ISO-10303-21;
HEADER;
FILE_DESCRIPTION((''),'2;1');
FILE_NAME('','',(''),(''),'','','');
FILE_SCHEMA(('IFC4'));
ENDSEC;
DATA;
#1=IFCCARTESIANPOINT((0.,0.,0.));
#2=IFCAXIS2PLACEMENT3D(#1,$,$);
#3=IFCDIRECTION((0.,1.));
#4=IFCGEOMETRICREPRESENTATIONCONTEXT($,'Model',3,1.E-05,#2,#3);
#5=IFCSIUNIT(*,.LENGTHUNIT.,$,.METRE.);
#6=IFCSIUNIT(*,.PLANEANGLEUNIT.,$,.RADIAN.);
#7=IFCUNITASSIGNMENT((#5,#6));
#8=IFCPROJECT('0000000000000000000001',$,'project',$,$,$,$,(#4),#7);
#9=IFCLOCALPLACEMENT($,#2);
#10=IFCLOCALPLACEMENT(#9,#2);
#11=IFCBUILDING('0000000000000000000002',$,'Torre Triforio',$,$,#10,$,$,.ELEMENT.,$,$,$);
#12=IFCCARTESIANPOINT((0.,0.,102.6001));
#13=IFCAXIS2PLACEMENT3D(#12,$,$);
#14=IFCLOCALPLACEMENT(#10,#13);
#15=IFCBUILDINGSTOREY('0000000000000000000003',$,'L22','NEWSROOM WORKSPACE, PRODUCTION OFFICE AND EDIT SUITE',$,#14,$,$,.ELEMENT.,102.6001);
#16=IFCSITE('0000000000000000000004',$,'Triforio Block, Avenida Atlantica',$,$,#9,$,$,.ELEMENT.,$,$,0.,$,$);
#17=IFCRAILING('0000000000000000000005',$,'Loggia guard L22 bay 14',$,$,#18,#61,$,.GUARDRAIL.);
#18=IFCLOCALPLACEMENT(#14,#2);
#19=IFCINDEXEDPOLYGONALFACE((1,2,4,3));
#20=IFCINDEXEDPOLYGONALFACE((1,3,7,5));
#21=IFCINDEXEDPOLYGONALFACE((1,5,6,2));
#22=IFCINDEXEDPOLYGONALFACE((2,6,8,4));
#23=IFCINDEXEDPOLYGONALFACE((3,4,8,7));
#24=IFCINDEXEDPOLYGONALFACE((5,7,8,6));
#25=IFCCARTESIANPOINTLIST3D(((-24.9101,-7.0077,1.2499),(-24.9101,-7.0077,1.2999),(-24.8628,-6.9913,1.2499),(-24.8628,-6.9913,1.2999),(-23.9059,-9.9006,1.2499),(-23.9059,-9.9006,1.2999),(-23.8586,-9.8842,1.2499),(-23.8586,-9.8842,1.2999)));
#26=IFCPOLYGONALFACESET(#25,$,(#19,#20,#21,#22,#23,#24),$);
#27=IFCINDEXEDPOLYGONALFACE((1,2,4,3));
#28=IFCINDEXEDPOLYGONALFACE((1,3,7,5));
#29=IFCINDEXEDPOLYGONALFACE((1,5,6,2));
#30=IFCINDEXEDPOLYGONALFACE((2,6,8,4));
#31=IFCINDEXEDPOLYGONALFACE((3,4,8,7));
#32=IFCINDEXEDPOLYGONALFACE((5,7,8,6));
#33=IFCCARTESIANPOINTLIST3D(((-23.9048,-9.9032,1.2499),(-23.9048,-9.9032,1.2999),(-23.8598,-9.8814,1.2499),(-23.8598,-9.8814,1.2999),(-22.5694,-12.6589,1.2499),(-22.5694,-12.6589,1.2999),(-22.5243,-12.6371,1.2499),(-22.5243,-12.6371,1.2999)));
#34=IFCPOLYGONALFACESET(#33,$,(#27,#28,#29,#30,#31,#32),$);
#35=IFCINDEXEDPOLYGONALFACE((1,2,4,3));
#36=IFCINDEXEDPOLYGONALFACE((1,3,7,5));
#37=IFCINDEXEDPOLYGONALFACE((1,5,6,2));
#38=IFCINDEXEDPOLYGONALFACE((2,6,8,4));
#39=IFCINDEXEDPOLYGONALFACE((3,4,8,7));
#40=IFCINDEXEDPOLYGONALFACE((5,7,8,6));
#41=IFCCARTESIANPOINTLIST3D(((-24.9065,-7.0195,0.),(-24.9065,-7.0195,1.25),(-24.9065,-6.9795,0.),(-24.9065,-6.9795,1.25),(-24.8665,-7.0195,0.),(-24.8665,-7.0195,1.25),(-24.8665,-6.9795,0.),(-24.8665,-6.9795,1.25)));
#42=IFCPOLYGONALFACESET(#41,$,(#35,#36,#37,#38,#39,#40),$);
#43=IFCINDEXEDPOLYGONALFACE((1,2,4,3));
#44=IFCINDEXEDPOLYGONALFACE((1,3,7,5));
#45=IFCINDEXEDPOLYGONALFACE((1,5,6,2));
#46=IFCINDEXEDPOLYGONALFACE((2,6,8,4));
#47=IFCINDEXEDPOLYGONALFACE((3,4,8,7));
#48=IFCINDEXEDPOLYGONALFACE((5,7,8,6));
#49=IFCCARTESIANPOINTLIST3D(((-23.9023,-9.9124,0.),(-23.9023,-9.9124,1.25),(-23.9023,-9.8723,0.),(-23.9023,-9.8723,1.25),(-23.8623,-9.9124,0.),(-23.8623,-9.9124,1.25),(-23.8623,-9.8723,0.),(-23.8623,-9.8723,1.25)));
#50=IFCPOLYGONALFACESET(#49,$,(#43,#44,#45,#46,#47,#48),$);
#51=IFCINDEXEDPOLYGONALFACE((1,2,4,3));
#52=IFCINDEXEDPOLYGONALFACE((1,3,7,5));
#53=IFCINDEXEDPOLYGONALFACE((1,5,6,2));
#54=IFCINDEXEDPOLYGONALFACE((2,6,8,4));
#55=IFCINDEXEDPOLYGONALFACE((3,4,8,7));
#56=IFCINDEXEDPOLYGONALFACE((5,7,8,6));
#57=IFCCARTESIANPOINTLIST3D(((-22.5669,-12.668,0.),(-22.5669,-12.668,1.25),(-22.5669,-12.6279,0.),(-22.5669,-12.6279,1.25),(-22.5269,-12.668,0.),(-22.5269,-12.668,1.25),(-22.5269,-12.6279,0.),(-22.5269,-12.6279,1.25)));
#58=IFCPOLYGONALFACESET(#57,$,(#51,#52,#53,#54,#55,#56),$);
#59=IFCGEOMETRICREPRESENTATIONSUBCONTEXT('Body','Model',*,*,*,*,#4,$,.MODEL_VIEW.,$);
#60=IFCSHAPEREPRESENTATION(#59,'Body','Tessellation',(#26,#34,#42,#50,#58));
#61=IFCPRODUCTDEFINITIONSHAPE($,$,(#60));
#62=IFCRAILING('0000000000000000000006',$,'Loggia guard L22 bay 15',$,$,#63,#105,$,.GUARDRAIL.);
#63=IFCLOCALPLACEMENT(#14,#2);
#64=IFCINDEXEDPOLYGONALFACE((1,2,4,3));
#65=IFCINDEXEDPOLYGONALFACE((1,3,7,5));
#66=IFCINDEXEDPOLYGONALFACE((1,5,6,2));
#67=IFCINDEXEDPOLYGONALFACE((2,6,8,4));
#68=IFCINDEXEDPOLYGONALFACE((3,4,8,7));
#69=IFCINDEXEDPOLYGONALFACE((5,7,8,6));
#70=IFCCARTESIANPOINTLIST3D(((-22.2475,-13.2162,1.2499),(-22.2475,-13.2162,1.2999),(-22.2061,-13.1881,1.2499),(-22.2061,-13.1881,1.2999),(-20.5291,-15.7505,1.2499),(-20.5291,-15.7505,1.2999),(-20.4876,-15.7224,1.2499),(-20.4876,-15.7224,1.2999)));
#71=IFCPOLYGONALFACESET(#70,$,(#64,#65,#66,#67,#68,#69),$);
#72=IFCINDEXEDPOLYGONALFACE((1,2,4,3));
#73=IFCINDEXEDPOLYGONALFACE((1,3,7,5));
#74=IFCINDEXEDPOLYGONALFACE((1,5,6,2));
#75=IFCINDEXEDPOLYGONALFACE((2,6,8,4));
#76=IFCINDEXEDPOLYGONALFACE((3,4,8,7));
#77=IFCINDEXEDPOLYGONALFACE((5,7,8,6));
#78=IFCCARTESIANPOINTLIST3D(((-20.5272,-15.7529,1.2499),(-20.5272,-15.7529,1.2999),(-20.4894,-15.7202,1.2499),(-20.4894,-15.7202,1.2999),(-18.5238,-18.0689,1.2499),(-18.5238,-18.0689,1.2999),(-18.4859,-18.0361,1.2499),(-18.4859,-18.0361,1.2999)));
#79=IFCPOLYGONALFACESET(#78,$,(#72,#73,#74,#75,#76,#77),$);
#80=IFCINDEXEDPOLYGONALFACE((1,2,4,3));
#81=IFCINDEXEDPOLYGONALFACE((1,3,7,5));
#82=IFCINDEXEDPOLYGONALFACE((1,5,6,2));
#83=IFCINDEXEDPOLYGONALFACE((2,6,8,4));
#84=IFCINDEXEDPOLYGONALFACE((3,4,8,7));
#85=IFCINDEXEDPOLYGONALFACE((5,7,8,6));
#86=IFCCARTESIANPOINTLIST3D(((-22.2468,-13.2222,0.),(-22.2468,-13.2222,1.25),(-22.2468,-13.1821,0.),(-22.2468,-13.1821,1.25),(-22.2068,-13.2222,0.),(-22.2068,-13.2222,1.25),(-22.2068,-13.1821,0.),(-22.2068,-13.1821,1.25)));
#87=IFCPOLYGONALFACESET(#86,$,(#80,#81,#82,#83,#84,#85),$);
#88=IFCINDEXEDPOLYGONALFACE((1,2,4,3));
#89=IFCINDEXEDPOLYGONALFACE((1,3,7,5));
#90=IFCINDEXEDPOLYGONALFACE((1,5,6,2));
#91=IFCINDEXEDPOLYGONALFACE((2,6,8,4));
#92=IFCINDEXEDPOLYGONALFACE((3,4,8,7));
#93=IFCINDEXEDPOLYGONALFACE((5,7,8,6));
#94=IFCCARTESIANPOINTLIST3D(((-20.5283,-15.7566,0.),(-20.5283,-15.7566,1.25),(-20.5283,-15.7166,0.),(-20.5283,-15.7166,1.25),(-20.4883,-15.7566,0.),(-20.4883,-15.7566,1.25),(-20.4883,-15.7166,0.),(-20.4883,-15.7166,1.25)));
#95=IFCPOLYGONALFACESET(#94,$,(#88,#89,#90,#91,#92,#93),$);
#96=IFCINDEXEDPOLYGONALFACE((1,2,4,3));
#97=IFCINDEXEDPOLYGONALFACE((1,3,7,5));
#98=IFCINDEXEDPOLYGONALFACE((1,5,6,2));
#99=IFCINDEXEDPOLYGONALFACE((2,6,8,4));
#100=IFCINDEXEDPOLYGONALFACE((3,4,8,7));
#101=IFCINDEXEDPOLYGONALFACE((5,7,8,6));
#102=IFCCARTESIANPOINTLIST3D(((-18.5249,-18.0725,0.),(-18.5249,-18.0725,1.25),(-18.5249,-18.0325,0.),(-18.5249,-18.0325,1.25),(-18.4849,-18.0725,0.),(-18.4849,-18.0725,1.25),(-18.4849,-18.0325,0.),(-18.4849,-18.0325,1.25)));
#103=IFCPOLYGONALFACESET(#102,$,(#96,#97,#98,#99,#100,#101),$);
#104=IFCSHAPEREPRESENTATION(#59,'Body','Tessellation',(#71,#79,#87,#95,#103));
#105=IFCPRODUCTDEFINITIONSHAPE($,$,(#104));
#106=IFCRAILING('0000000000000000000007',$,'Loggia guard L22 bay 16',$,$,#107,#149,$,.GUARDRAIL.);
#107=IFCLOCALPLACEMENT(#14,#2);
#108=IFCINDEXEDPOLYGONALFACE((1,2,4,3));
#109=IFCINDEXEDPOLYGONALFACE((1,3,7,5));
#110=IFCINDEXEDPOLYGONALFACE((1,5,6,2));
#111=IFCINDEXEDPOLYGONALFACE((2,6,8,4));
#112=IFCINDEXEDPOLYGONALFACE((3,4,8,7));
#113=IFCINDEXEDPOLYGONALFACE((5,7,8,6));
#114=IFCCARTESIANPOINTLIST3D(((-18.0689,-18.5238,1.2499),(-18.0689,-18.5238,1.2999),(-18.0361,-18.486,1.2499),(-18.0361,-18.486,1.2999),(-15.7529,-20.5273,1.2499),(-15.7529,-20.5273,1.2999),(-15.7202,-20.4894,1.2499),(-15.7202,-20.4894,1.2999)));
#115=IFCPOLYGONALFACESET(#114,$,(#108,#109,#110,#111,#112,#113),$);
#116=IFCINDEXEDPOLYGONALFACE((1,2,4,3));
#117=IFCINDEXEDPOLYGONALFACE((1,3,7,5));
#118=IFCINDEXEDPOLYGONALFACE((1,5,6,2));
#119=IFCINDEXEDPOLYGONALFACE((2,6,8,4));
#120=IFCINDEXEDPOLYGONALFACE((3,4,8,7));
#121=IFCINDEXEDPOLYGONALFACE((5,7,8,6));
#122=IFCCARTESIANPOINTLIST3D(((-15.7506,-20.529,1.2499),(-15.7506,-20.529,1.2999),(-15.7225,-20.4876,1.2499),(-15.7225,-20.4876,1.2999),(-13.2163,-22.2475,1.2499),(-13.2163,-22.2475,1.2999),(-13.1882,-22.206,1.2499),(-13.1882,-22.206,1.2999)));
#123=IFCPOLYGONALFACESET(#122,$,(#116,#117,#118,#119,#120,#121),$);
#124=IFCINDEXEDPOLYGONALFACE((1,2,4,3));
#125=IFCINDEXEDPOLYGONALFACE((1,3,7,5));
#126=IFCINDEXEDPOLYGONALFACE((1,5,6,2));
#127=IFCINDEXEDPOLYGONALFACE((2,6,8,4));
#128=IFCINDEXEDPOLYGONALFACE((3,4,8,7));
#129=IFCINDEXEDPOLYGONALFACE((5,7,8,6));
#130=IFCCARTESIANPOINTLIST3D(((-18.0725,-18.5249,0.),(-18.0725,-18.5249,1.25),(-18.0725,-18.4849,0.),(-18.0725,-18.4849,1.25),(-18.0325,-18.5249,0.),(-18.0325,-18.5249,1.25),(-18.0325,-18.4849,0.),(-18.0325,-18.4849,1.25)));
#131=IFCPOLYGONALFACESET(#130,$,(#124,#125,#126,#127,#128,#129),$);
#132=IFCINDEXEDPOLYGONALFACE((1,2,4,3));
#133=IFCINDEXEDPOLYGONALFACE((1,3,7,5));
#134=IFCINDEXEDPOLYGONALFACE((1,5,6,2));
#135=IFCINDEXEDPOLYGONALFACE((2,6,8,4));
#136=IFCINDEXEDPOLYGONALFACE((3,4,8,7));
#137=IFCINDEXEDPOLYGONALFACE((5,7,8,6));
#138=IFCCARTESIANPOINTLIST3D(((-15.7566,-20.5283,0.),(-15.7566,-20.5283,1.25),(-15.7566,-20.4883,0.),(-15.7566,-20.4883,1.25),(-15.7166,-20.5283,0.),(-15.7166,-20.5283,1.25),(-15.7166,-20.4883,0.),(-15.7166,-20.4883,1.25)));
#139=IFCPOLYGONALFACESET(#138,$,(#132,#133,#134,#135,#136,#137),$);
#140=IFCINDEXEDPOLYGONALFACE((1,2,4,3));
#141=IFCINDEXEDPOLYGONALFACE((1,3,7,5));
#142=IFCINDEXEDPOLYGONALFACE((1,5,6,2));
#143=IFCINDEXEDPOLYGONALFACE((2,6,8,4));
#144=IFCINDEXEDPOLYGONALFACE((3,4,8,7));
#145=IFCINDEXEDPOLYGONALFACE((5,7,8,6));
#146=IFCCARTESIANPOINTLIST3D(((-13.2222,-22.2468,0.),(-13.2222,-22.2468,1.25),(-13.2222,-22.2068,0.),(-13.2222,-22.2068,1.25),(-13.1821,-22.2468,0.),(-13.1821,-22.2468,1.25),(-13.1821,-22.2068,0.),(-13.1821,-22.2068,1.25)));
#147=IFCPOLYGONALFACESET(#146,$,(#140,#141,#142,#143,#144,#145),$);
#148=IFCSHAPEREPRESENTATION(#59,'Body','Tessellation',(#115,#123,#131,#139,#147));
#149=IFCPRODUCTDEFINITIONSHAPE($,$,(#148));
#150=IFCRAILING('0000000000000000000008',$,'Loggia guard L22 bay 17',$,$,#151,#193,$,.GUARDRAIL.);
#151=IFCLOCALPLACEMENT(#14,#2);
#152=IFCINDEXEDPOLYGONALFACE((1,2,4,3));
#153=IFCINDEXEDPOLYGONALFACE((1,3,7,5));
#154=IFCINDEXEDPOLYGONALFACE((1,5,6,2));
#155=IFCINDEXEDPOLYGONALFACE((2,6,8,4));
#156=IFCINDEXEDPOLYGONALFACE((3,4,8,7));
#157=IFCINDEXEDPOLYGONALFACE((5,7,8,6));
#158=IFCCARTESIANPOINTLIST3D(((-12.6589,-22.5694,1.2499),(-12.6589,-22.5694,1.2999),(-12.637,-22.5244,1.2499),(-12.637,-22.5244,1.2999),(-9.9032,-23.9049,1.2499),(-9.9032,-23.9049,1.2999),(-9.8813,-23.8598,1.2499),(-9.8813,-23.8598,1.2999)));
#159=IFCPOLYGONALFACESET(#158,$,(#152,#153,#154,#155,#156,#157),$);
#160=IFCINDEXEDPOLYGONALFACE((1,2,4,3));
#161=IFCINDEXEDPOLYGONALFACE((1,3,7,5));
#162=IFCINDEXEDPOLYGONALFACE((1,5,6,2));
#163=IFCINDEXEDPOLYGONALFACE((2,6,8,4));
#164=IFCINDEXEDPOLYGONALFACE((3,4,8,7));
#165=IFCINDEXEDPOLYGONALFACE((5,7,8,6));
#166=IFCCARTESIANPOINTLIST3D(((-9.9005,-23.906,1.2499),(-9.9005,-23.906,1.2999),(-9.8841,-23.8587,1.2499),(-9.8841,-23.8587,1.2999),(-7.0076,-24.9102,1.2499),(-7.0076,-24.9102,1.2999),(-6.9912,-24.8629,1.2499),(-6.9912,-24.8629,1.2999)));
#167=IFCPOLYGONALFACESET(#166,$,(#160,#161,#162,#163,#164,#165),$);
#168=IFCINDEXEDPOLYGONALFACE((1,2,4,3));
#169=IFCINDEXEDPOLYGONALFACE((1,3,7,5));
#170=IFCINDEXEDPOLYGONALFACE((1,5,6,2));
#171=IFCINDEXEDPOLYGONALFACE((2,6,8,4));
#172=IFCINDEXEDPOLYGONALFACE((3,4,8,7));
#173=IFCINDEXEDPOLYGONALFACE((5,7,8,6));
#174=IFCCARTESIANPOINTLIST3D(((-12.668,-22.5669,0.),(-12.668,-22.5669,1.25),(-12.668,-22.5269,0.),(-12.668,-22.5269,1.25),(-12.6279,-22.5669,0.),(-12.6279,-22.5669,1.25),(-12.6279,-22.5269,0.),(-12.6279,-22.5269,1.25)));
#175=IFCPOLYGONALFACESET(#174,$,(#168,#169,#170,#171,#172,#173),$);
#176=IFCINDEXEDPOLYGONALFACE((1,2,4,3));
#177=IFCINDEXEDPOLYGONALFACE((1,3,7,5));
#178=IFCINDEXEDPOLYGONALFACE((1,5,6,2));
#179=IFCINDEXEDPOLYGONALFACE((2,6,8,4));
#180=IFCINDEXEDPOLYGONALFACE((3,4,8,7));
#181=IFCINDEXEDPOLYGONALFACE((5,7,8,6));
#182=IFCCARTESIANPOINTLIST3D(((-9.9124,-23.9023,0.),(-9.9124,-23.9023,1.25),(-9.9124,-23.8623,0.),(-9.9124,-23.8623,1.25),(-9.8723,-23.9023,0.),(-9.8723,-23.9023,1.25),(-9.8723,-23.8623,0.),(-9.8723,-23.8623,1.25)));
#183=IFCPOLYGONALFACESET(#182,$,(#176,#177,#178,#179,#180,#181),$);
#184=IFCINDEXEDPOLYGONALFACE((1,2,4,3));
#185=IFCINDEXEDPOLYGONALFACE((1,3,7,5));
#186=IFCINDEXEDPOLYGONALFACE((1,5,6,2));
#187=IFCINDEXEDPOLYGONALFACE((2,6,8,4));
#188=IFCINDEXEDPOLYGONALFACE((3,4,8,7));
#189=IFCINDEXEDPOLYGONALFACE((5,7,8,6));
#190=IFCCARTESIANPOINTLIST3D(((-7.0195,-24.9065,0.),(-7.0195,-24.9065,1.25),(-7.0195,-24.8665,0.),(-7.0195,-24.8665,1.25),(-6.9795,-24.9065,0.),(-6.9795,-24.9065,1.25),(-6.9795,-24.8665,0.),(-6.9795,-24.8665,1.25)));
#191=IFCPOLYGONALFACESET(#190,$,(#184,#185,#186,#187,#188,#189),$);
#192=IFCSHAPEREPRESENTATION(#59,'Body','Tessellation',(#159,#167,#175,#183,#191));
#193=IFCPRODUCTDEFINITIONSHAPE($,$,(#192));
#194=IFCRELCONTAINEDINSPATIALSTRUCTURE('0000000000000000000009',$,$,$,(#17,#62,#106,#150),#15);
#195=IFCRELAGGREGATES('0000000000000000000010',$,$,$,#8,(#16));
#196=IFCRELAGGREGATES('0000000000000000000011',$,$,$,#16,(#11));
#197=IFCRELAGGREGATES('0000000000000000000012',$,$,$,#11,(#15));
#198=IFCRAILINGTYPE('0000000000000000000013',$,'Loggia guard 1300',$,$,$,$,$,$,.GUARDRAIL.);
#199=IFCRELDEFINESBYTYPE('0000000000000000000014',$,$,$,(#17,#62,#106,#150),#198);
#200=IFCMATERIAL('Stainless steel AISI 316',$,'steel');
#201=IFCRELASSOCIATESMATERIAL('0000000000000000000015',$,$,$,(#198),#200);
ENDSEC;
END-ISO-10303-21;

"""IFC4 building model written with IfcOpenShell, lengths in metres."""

from ifc_helpers import new_model, si_unit, direction, frame, origin, origin_2d, place, context, subcontext, project, spatial, rectangle, extrude, material, type_object, element, save


model = new_model("IFC4")

# Units and contexts
model_context = context("Model", 3, precision=1e-05, world=origin(), true_north=direction((0.0, 1.0)))
body_context = subcontext(model_context, "Body", "Model", "MODEL_VIEW")
ifc_project = project(units=[si_unit("LENGTHUNIT", "METRE"), si_unit("PLANEANGLEUNIT", "RADIAN")], contexts=[model_context])

# Site, building, storey
site_placement = place(None, origin())
site = spatial("IfcSite", under=ifc_project, at=site_placement, Name="Triforio Block, Avenida Atlantica", CompositionType="ELEMENT", RefElevation=0.0)
building_placement = place(site_placement, origin())
building = spatial("IfcBuilding", under=site, at=building_placement, Name="Torre Triforio", CompositionType="ELEMENT")
storey_placement = place(building_placement, frame((0.0, 0.0, 102.6001)))
storey = spatial("IfcBuildingStorey", under=building, at=storey_placement, Name="L22", Description="NEWSROOM WORKSPACE, PRODUCTION OFFICE AND EDIT SUITE", CompositionType="ELEMENT", Elevation=102.6001)

# Railings
ifc_material_1 = material(Name="Stainless steel AISI 316", Category="steel")
railing_type = type_object("IfcRailingType", Name="Loggia guard 1300", PredefinedType="GUARDRAIL", material=ifc_material_1)
railing_1_placement = place(storey_placement, frame((-24.8865, -6.9995, 0.0)))
element("IfcRailing", 1, at=railing_1_placement, inside=storey, type_object=railing_type, Name="Loggia guard L22 bay 14", PredefinedType="GUARDRAIL", context=body_context, shape_type="SweptSolid", body=[
    extrude(rectangle(XDim=0.05, YDim=0.05, at=origin_2d()), frame((0.0, 0.0, 1.2749), z_axis=(0.327924, -0.944704, 0.0), x_axis=(0.944704, 0.327924, 0.0)), (0.0, 0.0, 1.0), 3.0623),
    extrude(rectangle(XDim=0.05, YDim=0.05, at=origin_2d()), frame((1.0042, -2.8928, 1.2749), z_axis=(0.436113, -0.899892, 0.0), x_axis=(0.899892, 0.436113, 0.0)), (0.0, 0.0, 1.0), 3.0623),
    extrude(rectangle(XDim=0.04, YDim=0.04, at=origin_2d()), origin(), (0.0, 0.0, 1.0), 1.25),
    extrude(rectangle(XDim=0.04, YDim=0.04, at=origin_2d()), frame((1.0042, -2.8928, 0.0)), (0.0, 0.0, 1.0), 1.25),
    extrude(rectangle(XDim=0.04, YDim=0.04, at=origin_2d()), frame((2.3396, -5.6484, 0.0)), (0.0, 0.0, 1.0), 1.25),
])
railing_2_placement = place(storey_placement, frame((-22.2268, -13.2021, 0.0)))
element("IfcRailing", 2, at=railing_2_placement, inside=storey, type_object=railing_type, Name="Loggia guard L22 bay 15", PredefinedType="GUARDRAIL", context=body_context, shape_type="SweptSolid", body=[
    extrude(rectangle(XDim=0.05, YDim=0.05, at=origin_2d()), frame((0.0, 0.0, 1.2749), z_axis=(0.561215, -0.82767, 0.0), x_axis=(0.82767, 0.561215, 0.0)), (0.0, 0.0, 1.0), 3.062),
    extrude(rectangle(XDim=0.05, YDim=0.05, at=origin_2d()), frame((1.7185, -2.5344, 1.2749), z_axis=(0.654238, -0.756289, 0.0), x_axis=(0.756289, 0.654238, 0.0)), (0.0, 0.0, 1.0), 3.0623),
    extrude(rectangle(XDim=0.04, YDim=0.04, at=origin_2d()), origin(), (0.0, 0.0, 1.0), 1.25),
    extrude(rectangle(XDim=0.04, YDim=0.04, at=origin_2d()), frame((1.7185, -2.5344, 0.0)), (0.0, 0.0, 1.0), 1.25),
    extrude(rectangle(XDim=0.04, YDim=0.04, at=origin_2d()), frame((3.7219, -4.8503, 0.0)), (0.0, 0.0, 1.0), 1.25),
])
railing_3_placement = place(storey_placement, frame((-18.0525, -18.5049, 0.0)))
element("IfcRailing", 3, at=railing_3_placement, inside=storey, type_object=railing_type, Name="Loggia guard L22 bay 16", PredefinedType="GUARDRAIL", context=body_context, shape_type="SweptSolid", body=[
    extrude(rectangle(XDim=0.05, YDim=0.05, at=origin_2d()), frame((0.0, 0.0, 1.2749), z_axis=(0.756289, -0.654238, 0.0), x_axis=(0.654238, 0.756289, 0.0)), (0.0, 0.0, 1.0), 3.0623),
    extrude(rectangle(XDim=0.05, YDim=0.05, at=origin_2d()), frame((2.3159, -2.0034, 1.2749), z_axis=(0.82767, -0.561215, 0.0), x_axis=(0.561215, 0.82767, 0.0)), (0.0, 0.0, 1.0), 3.062),
    extrude(rectangle(XDim=0.04, YDim=0.04, at=origin_2d()), origin(), (0.0, 0.0, 1.0), 1.25),
    extrude(rectangle(XDim=0.04, YDim=0.04, at=origin_2d()), frame((2.3159, -2.0034, 0.0)), (0.0, 0.0, 1.0), 1.25),
    extrude(rectangle(XDim=0.04, YDim=0.04, at=origin_2d()), frame((4.8503, -3.7219, 0.0)), (0.0, 0.0, 1.0), 1.25),
])
railing_4_placement = place(storey_placement, frame((-12.6479, -22.5469, 0.0)))
element("IfcRailing", 4, at=railing_4_placement, inside=storey, type_object=railing_type, Name="Loggia guard L22 bay 17", PredefinedType="GUARDRAIL", context=body_context, shape_type="SweptSolid", body=[
    extrude(rectangle(XDim=0.05, YDim=0.05, at=origin_2d()), frame((0.0, 0.0, 1.2749), z_axis=(0.899892, -0.436113, 0.0), x_axis=(0.436113, 0.899892, 0.0)), (0.0, 0.0, 1.0), 3.0623),
    extrude(rectangle(XDim=0.05, YDim=0.05, at=origin_2d()), frame((2.7556, -1.3354, 1.2749), z_axis=(0.944704, -0.327924, 0.0), x_axis=(0.327924, 0.944704, 0.0)), (0.0, 0.0, 1.0), 3.0623),
    extrude(rectangle(XDim=0.04, YDim=0.04, at=origin_2d()), origin(), (0.0, 0.0, 1.0), 1.25),
    extrude(rectangle(XDim=0.04, YDim=0.04, at=origin_2d()), frame((2.7556, -1.3354, 0.0)), (0.0, 0.0, 1.0), 1.25),
    extrude(rectangle(XDim=0.04, YDim=0.04, at=origin_2d()), frame((5.6484, -2.3396, 0.0)), (0.0, 0.0, 1.0), 1.25),
])

save(model, "model.ifc")
